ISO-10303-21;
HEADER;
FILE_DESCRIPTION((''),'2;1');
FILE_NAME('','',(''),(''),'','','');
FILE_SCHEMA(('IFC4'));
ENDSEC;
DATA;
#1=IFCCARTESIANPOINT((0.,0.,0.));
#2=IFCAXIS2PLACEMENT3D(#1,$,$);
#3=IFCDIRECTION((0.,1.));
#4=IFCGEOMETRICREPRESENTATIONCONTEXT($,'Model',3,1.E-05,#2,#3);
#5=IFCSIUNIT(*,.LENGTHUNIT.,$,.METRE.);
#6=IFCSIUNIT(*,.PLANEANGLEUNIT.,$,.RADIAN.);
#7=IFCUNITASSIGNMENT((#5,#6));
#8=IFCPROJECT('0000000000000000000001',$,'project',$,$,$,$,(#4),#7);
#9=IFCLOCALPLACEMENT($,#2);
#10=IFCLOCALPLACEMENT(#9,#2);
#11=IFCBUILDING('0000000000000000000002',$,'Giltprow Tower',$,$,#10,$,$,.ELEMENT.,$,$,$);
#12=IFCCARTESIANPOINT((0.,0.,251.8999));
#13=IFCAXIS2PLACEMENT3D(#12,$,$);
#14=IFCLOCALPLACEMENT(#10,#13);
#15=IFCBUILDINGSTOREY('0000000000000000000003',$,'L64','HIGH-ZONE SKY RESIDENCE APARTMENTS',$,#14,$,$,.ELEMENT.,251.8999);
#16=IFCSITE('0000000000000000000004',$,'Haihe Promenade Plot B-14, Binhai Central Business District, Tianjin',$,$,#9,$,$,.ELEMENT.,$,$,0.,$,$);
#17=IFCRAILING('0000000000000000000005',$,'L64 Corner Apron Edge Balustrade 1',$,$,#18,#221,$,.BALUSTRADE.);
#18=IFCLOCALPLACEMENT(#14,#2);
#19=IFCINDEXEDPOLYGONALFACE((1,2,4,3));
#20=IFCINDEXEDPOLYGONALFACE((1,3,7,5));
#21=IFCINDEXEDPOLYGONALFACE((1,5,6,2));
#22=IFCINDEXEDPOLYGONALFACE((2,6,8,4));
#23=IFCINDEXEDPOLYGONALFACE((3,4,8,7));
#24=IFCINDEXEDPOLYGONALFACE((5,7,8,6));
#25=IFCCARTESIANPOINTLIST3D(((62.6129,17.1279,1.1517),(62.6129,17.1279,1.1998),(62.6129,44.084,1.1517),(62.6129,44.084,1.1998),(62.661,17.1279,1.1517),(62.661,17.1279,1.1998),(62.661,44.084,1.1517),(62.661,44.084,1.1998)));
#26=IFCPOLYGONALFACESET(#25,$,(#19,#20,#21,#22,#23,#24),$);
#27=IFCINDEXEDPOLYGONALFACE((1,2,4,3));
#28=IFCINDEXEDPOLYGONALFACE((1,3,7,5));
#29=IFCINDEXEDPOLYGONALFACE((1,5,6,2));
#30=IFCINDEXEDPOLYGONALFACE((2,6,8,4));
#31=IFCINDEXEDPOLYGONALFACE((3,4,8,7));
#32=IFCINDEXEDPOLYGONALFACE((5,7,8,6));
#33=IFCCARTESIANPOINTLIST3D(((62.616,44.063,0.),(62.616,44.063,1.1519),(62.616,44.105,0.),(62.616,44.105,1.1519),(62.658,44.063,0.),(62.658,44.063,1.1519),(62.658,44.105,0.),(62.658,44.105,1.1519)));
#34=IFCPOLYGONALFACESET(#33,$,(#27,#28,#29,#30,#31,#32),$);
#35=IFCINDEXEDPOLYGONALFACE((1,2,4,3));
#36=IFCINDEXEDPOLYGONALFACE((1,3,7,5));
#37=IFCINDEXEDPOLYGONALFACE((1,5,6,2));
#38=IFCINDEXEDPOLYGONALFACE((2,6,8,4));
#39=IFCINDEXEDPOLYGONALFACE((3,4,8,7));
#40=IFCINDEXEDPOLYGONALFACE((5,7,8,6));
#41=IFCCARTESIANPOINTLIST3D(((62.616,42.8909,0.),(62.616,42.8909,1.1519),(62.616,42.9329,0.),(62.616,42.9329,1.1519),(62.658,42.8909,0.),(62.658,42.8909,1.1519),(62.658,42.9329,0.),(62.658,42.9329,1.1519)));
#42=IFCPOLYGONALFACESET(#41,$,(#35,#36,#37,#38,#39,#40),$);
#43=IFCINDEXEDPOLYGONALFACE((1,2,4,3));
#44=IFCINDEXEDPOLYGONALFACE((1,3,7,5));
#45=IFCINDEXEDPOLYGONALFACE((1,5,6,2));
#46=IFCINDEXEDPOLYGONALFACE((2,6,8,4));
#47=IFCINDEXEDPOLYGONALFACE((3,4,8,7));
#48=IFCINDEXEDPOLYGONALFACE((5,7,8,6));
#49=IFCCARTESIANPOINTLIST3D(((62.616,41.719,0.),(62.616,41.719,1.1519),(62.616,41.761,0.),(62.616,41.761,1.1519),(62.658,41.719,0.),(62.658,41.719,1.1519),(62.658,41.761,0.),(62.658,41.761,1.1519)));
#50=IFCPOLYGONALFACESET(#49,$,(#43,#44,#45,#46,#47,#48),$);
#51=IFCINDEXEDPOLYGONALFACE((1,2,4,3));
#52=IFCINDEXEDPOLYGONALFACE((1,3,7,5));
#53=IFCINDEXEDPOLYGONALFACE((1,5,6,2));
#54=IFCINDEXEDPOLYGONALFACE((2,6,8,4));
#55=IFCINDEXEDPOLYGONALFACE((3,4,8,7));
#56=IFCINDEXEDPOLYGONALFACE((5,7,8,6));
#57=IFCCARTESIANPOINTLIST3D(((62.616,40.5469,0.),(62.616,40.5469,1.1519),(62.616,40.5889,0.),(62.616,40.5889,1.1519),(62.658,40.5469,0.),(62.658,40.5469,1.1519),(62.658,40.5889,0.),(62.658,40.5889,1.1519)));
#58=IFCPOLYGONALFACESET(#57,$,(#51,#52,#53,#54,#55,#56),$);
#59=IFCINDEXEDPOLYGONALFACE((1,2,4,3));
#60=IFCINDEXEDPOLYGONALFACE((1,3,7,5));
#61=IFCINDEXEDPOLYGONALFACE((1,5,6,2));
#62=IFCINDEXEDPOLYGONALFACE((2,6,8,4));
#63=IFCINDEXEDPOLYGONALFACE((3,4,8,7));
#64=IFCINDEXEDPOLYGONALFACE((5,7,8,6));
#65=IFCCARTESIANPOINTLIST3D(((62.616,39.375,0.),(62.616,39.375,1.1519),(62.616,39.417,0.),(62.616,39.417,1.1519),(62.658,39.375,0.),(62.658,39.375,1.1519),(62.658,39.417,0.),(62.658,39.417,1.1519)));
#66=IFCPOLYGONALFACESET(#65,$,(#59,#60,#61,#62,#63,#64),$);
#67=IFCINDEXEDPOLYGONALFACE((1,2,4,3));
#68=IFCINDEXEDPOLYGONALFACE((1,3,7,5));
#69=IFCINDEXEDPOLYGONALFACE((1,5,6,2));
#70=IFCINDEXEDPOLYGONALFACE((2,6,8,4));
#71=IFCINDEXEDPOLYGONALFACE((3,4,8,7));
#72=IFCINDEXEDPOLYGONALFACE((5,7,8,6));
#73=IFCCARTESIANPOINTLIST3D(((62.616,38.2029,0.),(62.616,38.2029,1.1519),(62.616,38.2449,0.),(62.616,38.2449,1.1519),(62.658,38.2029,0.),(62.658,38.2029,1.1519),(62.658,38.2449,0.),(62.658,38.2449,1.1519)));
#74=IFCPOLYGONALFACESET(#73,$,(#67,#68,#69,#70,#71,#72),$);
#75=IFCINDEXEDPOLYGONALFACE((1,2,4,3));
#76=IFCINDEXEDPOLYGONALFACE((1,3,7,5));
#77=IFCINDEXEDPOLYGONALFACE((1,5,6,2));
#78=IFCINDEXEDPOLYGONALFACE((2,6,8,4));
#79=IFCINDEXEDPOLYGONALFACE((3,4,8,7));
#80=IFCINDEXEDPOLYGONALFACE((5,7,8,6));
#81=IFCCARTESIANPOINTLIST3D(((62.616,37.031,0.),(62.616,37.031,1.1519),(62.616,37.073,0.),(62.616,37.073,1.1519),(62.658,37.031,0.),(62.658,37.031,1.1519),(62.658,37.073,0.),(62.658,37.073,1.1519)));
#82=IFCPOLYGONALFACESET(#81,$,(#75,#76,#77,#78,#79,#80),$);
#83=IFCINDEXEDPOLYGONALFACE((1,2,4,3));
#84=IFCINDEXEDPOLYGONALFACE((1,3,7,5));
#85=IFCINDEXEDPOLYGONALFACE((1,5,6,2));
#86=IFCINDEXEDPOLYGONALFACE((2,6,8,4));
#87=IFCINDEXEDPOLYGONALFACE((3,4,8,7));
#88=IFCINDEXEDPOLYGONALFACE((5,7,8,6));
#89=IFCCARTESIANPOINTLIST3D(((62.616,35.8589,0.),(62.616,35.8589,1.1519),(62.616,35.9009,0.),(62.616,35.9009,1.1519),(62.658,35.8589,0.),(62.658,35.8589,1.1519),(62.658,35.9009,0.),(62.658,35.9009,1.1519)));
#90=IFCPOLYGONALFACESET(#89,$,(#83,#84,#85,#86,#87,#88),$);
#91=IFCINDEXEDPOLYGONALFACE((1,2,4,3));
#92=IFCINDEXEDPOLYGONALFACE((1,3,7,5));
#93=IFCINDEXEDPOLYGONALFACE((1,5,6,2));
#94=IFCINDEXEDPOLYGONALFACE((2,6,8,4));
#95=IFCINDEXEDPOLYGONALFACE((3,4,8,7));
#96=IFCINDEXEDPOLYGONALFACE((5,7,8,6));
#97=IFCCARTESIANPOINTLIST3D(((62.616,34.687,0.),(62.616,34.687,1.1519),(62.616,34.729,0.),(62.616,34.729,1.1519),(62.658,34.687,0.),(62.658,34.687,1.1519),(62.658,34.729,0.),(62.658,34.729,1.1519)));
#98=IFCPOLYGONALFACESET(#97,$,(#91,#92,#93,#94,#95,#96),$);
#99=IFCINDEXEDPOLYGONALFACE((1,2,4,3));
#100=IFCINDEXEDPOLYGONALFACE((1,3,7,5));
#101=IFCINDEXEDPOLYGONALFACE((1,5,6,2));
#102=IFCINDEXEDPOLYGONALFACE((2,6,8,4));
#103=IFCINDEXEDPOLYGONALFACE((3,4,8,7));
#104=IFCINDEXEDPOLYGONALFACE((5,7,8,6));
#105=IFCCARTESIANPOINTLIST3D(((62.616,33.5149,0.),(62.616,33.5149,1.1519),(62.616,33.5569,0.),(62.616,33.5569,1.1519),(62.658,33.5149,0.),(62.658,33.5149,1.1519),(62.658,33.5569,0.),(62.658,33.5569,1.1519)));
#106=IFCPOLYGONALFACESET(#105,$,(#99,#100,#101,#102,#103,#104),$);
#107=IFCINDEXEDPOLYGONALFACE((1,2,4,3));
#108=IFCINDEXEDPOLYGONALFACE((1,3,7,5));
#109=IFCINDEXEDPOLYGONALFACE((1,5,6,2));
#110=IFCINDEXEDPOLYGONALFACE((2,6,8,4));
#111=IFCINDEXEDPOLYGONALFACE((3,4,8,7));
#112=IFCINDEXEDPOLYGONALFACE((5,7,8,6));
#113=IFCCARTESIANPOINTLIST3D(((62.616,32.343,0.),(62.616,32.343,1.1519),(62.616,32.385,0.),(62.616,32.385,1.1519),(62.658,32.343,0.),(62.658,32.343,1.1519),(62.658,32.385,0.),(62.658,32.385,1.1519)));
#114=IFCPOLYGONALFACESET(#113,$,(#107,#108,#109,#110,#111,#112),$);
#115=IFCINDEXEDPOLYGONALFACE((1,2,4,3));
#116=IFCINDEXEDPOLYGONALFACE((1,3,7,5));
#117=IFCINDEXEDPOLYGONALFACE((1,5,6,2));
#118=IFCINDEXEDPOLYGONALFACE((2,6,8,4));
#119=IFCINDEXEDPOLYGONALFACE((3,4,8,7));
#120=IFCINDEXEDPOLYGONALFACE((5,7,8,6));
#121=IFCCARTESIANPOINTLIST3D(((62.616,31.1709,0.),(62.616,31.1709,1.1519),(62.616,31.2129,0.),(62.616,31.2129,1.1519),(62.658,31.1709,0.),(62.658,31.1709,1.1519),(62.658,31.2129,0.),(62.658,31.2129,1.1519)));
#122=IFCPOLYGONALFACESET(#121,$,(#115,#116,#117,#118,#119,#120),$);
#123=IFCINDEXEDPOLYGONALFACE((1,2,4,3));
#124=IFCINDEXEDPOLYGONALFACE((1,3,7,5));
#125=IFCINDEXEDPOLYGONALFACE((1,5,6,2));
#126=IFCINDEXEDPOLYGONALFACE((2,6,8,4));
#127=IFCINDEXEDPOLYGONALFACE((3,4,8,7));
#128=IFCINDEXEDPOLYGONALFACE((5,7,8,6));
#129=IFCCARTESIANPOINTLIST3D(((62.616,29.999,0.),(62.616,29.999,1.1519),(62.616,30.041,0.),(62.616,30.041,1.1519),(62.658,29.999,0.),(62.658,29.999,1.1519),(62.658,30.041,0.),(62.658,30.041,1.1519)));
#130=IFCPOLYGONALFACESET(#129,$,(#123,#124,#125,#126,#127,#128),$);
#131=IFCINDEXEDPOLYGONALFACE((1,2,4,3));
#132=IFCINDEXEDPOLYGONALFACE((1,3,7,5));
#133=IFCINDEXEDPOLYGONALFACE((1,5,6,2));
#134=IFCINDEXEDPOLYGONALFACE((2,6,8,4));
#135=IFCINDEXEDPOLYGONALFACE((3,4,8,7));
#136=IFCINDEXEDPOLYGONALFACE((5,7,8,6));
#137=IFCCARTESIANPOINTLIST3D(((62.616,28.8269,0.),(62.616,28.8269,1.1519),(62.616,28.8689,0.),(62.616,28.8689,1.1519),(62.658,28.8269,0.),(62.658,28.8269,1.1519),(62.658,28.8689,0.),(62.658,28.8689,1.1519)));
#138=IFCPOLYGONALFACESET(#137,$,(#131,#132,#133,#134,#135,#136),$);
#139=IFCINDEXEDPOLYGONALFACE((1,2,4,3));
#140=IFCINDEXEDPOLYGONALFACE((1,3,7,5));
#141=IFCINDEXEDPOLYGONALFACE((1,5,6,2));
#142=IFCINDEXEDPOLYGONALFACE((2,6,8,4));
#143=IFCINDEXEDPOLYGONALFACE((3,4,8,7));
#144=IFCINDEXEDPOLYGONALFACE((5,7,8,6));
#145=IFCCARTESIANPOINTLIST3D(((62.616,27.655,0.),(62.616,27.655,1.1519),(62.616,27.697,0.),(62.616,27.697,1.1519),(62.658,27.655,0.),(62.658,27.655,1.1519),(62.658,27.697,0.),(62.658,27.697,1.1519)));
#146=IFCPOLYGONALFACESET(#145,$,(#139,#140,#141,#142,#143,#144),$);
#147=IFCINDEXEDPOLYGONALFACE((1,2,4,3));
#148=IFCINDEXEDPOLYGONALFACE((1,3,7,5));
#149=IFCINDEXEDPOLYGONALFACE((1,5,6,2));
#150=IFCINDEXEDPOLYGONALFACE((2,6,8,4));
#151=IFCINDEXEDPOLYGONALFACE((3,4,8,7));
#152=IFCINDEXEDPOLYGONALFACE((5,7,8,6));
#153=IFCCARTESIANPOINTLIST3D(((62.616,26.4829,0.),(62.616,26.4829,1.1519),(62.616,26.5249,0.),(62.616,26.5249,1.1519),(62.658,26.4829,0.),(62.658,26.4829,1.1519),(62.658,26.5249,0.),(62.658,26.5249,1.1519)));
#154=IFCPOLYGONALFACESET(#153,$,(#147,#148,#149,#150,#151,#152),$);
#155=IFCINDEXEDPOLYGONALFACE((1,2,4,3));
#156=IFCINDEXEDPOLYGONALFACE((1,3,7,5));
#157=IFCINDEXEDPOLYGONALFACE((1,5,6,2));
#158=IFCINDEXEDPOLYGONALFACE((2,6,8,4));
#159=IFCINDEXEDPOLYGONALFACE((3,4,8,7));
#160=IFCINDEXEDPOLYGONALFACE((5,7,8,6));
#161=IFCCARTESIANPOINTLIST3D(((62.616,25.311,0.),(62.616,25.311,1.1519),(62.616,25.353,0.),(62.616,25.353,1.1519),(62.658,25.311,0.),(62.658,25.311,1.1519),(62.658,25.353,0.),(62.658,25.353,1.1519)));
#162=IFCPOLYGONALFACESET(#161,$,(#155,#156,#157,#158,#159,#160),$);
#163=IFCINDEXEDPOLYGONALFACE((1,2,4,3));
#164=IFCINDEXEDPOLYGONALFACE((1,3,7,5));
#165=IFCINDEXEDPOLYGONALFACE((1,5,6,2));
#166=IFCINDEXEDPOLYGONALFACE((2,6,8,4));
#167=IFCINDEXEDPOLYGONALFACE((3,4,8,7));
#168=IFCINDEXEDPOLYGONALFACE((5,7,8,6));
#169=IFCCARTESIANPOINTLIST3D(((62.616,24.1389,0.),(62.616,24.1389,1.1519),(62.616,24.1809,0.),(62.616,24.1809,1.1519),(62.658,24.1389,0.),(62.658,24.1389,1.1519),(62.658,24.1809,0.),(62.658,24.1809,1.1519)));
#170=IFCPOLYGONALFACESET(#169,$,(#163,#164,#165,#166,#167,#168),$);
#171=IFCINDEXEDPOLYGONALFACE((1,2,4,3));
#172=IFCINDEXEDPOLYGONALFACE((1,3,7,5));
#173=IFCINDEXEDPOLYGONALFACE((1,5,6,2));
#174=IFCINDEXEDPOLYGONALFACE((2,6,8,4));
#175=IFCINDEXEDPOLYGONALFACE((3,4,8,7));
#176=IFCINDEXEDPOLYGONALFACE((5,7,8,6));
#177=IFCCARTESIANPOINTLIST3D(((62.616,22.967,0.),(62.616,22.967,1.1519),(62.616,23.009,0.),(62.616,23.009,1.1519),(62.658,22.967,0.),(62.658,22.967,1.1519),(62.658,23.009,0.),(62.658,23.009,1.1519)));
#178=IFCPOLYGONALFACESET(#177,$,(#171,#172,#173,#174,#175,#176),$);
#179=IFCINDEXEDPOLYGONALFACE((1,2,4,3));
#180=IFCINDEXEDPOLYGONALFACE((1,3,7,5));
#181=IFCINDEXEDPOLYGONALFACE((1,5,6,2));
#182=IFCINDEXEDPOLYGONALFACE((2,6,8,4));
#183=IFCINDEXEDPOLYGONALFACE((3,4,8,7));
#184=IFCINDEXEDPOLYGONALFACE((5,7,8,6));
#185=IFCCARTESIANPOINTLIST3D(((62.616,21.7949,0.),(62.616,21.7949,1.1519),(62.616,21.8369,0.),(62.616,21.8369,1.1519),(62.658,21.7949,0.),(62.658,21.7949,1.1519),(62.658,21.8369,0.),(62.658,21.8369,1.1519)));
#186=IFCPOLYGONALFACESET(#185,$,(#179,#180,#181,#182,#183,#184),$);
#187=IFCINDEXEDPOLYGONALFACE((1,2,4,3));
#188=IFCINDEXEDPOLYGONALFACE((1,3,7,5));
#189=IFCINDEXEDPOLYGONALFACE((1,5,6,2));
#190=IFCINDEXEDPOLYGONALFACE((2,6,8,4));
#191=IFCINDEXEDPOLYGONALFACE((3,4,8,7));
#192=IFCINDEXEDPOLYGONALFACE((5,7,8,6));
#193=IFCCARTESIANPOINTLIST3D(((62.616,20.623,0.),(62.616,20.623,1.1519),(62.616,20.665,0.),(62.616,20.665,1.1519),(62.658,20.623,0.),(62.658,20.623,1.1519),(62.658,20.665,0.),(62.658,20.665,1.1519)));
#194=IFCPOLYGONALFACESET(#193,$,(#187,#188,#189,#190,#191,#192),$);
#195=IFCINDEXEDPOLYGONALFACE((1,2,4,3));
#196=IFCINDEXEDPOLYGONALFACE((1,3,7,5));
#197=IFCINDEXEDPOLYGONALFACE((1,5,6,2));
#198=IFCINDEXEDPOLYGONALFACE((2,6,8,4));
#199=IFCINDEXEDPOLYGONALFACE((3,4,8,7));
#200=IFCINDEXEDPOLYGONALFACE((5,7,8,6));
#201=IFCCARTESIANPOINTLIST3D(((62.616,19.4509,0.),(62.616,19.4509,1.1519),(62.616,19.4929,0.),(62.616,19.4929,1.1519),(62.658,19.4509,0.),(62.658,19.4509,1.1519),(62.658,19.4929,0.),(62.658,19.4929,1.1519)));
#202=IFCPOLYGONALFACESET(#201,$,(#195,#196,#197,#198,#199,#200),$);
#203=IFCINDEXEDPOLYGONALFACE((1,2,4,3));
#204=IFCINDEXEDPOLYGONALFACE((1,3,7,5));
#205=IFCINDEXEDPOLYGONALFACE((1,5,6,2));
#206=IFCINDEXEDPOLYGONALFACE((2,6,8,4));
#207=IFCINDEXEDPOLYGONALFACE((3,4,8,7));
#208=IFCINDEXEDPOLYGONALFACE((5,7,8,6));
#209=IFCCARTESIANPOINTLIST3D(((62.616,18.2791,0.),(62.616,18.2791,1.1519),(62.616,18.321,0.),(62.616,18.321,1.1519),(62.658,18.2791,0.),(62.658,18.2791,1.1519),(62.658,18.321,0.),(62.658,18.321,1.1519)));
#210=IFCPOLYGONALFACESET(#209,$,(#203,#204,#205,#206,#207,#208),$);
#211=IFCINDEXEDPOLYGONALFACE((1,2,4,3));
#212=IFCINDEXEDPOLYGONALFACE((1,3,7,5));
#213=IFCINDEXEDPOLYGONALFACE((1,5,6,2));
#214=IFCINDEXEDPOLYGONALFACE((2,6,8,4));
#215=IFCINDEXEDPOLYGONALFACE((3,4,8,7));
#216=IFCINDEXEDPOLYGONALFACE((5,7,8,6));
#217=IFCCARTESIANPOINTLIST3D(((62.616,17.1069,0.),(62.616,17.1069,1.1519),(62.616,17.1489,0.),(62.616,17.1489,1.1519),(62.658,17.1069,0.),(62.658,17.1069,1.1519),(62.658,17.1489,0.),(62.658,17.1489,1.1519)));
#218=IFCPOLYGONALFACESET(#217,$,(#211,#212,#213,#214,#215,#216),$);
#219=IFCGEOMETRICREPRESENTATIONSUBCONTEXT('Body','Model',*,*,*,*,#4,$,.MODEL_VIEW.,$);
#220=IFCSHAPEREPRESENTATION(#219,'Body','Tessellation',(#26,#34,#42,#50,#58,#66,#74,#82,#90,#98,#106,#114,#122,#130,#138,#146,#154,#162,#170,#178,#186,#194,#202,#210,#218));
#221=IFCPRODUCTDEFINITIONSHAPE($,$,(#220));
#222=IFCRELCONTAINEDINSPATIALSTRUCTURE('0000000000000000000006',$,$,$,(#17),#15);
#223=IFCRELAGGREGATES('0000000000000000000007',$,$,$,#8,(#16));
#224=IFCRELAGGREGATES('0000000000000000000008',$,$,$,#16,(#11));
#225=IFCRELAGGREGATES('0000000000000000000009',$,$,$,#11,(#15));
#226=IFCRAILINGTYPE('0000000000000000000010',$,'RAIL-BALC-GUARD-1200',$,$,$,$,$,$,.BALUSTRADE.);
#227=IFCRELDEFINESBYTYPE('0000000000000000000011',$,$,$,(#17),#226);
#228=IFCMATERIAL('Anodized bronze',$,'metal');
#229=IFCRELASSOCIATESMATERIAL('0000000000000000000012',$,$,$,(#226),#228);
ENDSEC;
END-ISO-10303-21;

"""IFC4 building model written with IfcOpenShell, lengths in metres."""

from ifc_helpers import new_model, si_unit, direction, frame, origin, origin_2d, place, context, subcontext, project, spatial, rectangle, extrude, material, type_object, element, save


model = new_model("IFC4")

# Units and contexts
model_context = context("Model", 3, precision=1e-05, world=origin(), true_north=direction((0.0, 1.0)))
body_context = subcontext(model_context, "Body", "Model", "MODEL_VIEW")
ifc_project = project(units=[si_unit("LENGTHUNIT", "METRE"), si_unit("PLANEANGLEUNIT", "RADIAN")], contexts=[model_context])

# Site, building, storey
site_placement = place(None, origin())
site = spatial("IfcSite", under=ifc_project, at=site_placement, Name="Haihe Promenade Plot B-14, Binhai Central Business District, Tianjin", CompositionType="ELEMENT", RefElevation=0.0)
building_placement = place(site_placement, origin())
building = spatial("IfcBuilding", under=site, at=building_placement, Name="Giltprow Tower", CompositionType="ELEMENT")
storey_placement = place(building_placement, frame((0.0, 0.0, 251.8999)))
storey = spatial("IfcBuildingStorey", under=building, at=storey_placement, Name="L64", Description="HIGH-ZONE SKY RESIDENCE APARTMENTS", CompositionType="ELEMENT", Elevation=251.8999)

# Railing
ifc_material_1 = material(Name="Anodized bronze", Category="metal")
railing_type_1 = type_object("IfcRailingType", Name="RAIL-BALC-GUARD-1200", PredefinedType="BALUSTRADE", material=ifc_material_1)
railing_1_placement = place(storey_placement, frame((62.637, 44.084, 0.0)))
element("IfcRailing", 1, at=railing_1_placement, inside=storey, type_object=railing_type_1, Name="L64 Corner Apron Edge Balustrade 1", PredefinedType="BALUSTRADE", context=body_context, shape_type="SweptSolid", body=[
    extrude(rectangle(XDim=0.0481, YDim=0.0481, at=origin_2d()), frame((0.0, 0.0, 1.1758), z_axis=(0.0, -1.0, 0.0), x_axis=(1.0, 0.0, 0.0)), (0.0, 0.0, 1.0), 26.9561),
    extrude(rectangle(XDim=0.042, YDim=0.042, at=origin_2d()), origin(), (0.0, 0.0, 1.0), 1.1519),
    extrude(rectangle(XDim=0.042, YDim=0.042, at=origin_2d()), frame((0.0, -1.1721, 0.0)), (0.0, 0.0, 1.0), 1.1519),
    extrude(rectangle(XDim=0.042, YDim=0.042, at=origin_2d()), frame((0.0, -2.344, 0.0)), (0.0, 0.0, 1.0), 1.1519),
    extrude(rectangle(XDim=0.042, YDim=0.042, at=origin_2d()), frame((0.0, -3.5161, 0.0)), (0.0, 0.0, 1.0), 1.1519),
    extrude(rectangle(XDim=0.042, YDim=0.042, at=origin_2d()), frame((0.0, -4.688, 0.0)), (0.0, 0.0, 1.0), 1.1519),
    extrude(rectangle(XDim=0.042, YDim=0.042, at=origin_2d()), frame((0.0, -5.8601, 0.0)), (0.0, 0.0, 1.0), 1.1519),
    extrude(rectangle(XDim=0.042, YDim=0.042, at=origin_2d()), frame((0.0, -7.032, 0.0)), (0.0, 0.0, 1.0), 1.1519),
    extrude(rectangle(XDim=0.042, YDim=0.042, at=origin_2d()), frame((0.0, -8.2041, 0.0)), (0.0, 0.0, 1.0), 1.1519),
    extrude(rectangle(XDim=0.042, YDim=0.042, at=origin_2d()), frame((0.0, -9.376, 0.0)), (0.0, 0.0, 1.0), 1.1519),
    extrude(rectangle(XDim=0.042, YDim=0.042, at=origin_2d()), frame((0.0, -10.5481, 0.0)), (0.0, 0.0, 1.0), 1.1519),
    extrude(rectangle(XDim=0.042, YDim=0.042, at=origin_2d()), frame((0.0, -11.72, 0.0)), (0.0, 0.0, 1.0), 1.1519),
    extrude(rectangle(XDim=0.042, YDim=0.042, at=origin_2d()), frame((0.0, -12.8921, 0.0)), (0.0, 0.0, 1.0), 1.1519),
    extrude(rectangle(XDim=0.042, YDim=0.042, at=origin_2d()), frame((0.0, -14.064, 0.0)), (0.0, 0.0, 1.0), 1.1519),
    extrude(rectangle(XDim=0.042, YDim=0.042, at=origin_2d()), frame((0.0, -15.2361, 0.0)), (0.0, 0.0, 1.0), 1.1519),
    extrude(rectangle(XDim=0.042, YDim=0.042, at=origin_2d()), frame((0.0, -16.408, 0.0)), (0.0, 0.0, 1.0), 1.1519),
    extrude(rectangle(XDim=0.042, YDim=0.042, at=origin_2d()), frame((0.0, -17.5801, 0.0)), (0.0, 0.0, 1.0), 1.1519),
    extrude(rectangle(XDim=0.042, YDim=0.042, at=origin_2d()), frame((0.0, -18.752, 0.0)), (0.0, 0.0, 1.0), 1.1519),
    extrude(rectangle(XDim=0.042, YDim=0.042, at=origin_2d()), frame((0.0, -19.9241, 0.0)), (0.0, 0.0, 1.0), 1.1519),
    extrude(rectangle(XDim=0.042, YDim=0.042, at=origin_2d()), frame((0.0, -21.0959, 0.0)), (0.0, 0.0, 1.0), 1.1519),
    extrude(rectangle(XDim=0.042, YDim=0.042, at=origin_2d()), frame((0.0, -22.2681, 0.0)), (0.0, 0.0, 1.0), 1.1519),
    extrude(rectangle(XDim=0.042, YDim=0.042, at=origin_2d()), frame((0.0, -23.4399, 0.0)), (0.0, 0.0, 1.0), 1.1519),
    extrude(rectangle(XDim=0.042, YDim=0.042, at=origin_2d()), frame((0.0, -24.6121, 0.0)), (0.0, 0.0, 1.0), 1.1519),
    extrude(rectangle(XDim=0.042, YDim=0.042, at=origin_2d()), frame((0.0, -25.7839, 0.0)), (0.0, 0.0, 1.0), 1.1519),
    extrude(rectangle(XDim=0.042, YDim=0.042, at=origin_2d()), frame((0.0, -26.9561, 0.0)), (0.0, 0.0, 1.0), 1.1519),
])

save(model, "model.ifc")
